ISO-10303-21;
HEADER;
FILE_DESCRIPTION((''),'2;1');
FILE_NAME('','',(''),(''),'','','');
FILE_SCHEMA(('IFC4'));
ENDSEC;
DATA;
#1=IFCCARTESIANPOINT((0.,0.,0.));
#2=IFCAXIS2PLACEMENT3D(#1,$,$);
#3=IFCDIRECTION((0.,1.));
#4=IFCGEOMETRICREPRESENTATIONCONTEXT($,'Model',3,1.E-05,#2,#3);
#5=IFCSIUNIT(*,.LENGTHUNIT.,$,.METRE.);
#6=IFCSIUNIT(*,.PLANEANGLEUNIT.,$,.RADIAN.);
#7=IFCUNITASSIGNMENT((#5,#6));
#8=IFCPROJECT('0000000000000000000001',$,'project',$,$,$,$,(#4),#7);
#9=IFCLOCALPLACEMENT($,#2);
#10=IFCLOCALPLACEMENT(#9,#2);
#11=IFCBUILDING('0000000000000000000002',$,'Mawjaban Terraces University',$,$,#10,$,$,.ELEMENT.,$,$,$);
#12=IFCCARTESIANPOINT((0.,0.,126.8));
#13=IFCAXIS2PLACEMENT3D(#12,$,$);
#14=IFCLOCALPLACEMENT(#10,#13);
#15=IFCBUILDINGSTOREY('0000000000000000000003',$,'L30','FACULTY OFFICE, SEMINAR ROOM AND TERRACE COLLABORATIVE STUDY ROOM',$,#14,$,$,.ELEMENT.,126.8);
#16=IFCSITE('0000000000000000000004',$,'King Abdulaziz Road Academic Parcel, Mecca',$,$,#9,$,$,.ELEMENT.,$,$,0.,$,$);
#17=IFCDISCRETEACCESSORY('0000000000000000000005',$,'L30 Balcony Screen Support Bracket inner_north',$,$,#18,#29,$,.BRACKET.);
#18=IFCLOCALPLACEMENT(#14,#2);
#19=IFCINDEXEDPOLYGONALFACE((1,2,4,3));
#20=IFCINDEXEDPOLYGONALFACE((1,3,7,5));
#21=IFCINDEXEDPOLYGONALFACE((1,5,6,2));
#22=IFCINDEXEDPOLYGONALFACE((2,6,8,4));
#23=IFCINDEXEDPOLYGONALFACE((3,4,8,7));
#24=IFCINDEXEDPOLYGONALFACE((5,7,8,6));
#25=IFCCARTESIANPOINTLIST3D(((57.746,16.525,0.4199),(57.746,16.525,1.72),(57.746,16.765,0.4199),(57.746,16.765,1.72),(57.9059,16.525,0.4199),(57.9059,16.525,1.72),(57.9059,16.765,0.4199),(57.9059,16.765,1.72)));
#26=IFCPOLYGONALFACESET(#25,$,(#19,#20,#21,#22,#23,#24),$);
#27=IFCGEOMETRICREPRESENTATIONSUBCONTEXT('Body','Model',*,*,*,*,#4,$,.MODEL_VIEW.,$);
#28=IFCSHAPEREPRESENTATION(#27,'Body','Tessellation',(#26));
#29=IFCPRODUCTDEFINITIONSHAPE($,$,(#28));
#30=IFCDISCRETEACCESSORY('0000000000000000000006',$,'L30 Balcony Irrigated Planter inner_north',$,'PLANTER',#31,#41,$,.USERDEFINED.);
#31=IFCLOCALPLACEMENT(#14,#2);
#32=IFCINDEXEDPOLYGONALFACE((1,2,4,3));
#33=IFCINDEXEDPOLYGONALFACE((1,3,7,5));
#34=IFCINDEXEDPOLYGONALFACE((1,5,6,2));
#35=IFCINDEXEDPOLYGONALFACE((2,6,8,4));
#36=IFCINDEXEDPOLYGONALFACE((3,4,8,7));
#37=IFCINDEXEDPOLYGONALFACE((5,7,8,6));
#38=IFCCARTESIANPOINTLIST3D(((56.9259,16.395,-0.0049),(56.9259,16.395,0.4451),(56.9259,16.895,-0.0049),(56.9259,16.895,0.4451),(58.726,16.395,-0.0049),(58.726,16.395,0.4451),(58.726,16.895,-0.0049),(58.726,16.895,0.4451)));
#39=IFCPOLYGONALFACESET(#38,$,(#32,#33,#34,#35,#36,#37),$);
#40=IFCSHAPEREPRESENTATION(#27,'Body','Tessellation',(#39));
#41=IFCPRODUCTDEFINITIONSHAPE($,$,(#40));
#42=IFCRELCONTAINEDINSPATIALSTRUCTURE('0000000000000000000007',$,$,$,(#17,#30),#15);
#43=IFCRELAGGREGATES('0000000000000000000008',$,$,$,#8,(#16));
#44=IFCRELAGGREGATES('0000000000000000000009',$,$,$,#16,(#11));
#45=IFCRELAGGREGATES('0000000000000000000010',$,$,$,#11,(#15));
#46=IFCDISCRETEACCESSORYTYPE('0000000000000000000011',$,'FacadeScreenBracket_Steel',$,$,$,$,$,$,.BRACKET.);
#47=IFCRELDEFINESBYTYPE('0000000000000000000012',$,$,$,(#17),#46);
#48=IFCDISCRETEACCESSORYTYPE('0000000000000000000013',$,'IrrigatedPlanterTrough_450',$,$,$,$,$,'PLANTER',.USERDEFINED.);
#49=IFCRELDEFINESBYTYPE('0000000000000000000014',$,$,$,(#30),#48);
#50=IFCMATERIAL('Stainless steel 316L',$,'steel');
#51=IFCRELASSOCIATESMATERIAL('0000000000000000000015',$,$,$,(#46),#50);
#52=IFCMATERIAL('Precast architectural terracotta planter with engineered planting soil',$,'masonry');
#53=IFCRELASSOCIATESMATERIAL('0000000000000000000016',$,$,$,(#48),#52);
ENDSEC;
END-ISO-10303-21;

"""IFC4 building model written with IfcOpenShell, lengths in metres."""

from ifc_helpers import new_model, si_unit, direction, frame, origin, origin_2d, place, context, subcontext, project, spatial, rectangle, extrude, material, type_object, element, save


model = new_model("IFC4")

# Units and contexts
model_context = context("Model", 3, precision=1e-05, world=origin(), true_north=direction((0.0, 1.0)))
body_context = subcontext(model_context, "Body", "Model", "MODEL_VIEW")
ifc_project = project(units=[si_unit("LENGTHUNIT", "METRE"), si_unit("PLANEANGLEUNIT", "RADIAN")], contexts=[model_context])

# Site, building, storey
site_placement = place(None, origin())
site = spatial("IfcSite", under=ifc_project, at=site_placement, Name="King Abdulaziz Road Academic Parcel, Mecca", CompositionType="ELEMENT", RefElevation=0.0)
building_placement = place(site_placement, origin())
building = spatial("IfcBuilding", under=site, at=building_placement, Name="Mawjaban Terraces University", CompositionType="ELEMENT")
storey_placement = place(building_placement, frame((0.0, 0.0, 126.8)))
storey = spatial("IfcBuildingStorey", under=building, at=storey_placement, Name="L30", Description="FACULTY OFFICE, SEMINAR ROOM AND TERRACE COLLABORATIVE STUDY ROOM", CompositionType="ELEMENT", Elevation=126.8)

# Discrete accessories
ifc_material_1 = material(Name="Stainless steel 316L", Category="steel")
discrete_accessory_type_1 = type_object("IfcDiscreteAccessoryType", Name="FacadeScreenBracket_Steel", PredefinedType="BRACKET", material=ifc_material_1)
discrete_accessory_1_placement = place(storey_placement, frame((57.8259, 16.645, 0.4199), z_axis=(0.0, 0.0, 1.0), x_axis=(1.0, 0.0, 0.0)))
element("IfcDiscreteAccessory", 1, at=discrete_accessory_1_placement, inside=storey, type_object=discrete_accessory_type_1, Name="L30 Balcony Screen Support Bracket inner_north", PredefinedType="BRACKET", context=body_context, shape_type="SweptSolid", body=[
    extrude(rectangle(XDim=0.1599, YDim=0.24, at=origin_2d()), origin(), (0.0, 0.0, 1.0), 1.3),
])
ifc_material_2 = material(Name="Precast architectural terracotta planter with engineered planting soil", Category="masonry")
discrete_accessory_type_2 = type_object("IfcDiscreteAccessoryType", Name="IrrigatedPlanterTrough_450", ElementType="PLANTER", PredefinedType="USERDEFINED", material=ifc_material_2)
discrete_accessory_2_placement = place(storey_placement, frame((57.8259, 16.645, -0.0049), z_axis=(0.0, 0.0, 1.0), x_axis=(1.0, 0.0, 0.0)))
element("IfcDiscreteAccessory", 2, at=discrete_accessory_2_placement, inside=storey, type_object=discrete_accessory_type_2, Name="L30 Balcony Irrigated Planter inner_north", ObjectType="PLANTER", PredefinedType="USERDEFINED", context=body_context, shape_type="SweptSolid", body=[
    extrude(rectangle(XDim=1.8, YDim=0.5, at=origin_2d()), origin(), (0.0, 0.0, 1.0), 0.45),
])

save(model, "model.ifc")
